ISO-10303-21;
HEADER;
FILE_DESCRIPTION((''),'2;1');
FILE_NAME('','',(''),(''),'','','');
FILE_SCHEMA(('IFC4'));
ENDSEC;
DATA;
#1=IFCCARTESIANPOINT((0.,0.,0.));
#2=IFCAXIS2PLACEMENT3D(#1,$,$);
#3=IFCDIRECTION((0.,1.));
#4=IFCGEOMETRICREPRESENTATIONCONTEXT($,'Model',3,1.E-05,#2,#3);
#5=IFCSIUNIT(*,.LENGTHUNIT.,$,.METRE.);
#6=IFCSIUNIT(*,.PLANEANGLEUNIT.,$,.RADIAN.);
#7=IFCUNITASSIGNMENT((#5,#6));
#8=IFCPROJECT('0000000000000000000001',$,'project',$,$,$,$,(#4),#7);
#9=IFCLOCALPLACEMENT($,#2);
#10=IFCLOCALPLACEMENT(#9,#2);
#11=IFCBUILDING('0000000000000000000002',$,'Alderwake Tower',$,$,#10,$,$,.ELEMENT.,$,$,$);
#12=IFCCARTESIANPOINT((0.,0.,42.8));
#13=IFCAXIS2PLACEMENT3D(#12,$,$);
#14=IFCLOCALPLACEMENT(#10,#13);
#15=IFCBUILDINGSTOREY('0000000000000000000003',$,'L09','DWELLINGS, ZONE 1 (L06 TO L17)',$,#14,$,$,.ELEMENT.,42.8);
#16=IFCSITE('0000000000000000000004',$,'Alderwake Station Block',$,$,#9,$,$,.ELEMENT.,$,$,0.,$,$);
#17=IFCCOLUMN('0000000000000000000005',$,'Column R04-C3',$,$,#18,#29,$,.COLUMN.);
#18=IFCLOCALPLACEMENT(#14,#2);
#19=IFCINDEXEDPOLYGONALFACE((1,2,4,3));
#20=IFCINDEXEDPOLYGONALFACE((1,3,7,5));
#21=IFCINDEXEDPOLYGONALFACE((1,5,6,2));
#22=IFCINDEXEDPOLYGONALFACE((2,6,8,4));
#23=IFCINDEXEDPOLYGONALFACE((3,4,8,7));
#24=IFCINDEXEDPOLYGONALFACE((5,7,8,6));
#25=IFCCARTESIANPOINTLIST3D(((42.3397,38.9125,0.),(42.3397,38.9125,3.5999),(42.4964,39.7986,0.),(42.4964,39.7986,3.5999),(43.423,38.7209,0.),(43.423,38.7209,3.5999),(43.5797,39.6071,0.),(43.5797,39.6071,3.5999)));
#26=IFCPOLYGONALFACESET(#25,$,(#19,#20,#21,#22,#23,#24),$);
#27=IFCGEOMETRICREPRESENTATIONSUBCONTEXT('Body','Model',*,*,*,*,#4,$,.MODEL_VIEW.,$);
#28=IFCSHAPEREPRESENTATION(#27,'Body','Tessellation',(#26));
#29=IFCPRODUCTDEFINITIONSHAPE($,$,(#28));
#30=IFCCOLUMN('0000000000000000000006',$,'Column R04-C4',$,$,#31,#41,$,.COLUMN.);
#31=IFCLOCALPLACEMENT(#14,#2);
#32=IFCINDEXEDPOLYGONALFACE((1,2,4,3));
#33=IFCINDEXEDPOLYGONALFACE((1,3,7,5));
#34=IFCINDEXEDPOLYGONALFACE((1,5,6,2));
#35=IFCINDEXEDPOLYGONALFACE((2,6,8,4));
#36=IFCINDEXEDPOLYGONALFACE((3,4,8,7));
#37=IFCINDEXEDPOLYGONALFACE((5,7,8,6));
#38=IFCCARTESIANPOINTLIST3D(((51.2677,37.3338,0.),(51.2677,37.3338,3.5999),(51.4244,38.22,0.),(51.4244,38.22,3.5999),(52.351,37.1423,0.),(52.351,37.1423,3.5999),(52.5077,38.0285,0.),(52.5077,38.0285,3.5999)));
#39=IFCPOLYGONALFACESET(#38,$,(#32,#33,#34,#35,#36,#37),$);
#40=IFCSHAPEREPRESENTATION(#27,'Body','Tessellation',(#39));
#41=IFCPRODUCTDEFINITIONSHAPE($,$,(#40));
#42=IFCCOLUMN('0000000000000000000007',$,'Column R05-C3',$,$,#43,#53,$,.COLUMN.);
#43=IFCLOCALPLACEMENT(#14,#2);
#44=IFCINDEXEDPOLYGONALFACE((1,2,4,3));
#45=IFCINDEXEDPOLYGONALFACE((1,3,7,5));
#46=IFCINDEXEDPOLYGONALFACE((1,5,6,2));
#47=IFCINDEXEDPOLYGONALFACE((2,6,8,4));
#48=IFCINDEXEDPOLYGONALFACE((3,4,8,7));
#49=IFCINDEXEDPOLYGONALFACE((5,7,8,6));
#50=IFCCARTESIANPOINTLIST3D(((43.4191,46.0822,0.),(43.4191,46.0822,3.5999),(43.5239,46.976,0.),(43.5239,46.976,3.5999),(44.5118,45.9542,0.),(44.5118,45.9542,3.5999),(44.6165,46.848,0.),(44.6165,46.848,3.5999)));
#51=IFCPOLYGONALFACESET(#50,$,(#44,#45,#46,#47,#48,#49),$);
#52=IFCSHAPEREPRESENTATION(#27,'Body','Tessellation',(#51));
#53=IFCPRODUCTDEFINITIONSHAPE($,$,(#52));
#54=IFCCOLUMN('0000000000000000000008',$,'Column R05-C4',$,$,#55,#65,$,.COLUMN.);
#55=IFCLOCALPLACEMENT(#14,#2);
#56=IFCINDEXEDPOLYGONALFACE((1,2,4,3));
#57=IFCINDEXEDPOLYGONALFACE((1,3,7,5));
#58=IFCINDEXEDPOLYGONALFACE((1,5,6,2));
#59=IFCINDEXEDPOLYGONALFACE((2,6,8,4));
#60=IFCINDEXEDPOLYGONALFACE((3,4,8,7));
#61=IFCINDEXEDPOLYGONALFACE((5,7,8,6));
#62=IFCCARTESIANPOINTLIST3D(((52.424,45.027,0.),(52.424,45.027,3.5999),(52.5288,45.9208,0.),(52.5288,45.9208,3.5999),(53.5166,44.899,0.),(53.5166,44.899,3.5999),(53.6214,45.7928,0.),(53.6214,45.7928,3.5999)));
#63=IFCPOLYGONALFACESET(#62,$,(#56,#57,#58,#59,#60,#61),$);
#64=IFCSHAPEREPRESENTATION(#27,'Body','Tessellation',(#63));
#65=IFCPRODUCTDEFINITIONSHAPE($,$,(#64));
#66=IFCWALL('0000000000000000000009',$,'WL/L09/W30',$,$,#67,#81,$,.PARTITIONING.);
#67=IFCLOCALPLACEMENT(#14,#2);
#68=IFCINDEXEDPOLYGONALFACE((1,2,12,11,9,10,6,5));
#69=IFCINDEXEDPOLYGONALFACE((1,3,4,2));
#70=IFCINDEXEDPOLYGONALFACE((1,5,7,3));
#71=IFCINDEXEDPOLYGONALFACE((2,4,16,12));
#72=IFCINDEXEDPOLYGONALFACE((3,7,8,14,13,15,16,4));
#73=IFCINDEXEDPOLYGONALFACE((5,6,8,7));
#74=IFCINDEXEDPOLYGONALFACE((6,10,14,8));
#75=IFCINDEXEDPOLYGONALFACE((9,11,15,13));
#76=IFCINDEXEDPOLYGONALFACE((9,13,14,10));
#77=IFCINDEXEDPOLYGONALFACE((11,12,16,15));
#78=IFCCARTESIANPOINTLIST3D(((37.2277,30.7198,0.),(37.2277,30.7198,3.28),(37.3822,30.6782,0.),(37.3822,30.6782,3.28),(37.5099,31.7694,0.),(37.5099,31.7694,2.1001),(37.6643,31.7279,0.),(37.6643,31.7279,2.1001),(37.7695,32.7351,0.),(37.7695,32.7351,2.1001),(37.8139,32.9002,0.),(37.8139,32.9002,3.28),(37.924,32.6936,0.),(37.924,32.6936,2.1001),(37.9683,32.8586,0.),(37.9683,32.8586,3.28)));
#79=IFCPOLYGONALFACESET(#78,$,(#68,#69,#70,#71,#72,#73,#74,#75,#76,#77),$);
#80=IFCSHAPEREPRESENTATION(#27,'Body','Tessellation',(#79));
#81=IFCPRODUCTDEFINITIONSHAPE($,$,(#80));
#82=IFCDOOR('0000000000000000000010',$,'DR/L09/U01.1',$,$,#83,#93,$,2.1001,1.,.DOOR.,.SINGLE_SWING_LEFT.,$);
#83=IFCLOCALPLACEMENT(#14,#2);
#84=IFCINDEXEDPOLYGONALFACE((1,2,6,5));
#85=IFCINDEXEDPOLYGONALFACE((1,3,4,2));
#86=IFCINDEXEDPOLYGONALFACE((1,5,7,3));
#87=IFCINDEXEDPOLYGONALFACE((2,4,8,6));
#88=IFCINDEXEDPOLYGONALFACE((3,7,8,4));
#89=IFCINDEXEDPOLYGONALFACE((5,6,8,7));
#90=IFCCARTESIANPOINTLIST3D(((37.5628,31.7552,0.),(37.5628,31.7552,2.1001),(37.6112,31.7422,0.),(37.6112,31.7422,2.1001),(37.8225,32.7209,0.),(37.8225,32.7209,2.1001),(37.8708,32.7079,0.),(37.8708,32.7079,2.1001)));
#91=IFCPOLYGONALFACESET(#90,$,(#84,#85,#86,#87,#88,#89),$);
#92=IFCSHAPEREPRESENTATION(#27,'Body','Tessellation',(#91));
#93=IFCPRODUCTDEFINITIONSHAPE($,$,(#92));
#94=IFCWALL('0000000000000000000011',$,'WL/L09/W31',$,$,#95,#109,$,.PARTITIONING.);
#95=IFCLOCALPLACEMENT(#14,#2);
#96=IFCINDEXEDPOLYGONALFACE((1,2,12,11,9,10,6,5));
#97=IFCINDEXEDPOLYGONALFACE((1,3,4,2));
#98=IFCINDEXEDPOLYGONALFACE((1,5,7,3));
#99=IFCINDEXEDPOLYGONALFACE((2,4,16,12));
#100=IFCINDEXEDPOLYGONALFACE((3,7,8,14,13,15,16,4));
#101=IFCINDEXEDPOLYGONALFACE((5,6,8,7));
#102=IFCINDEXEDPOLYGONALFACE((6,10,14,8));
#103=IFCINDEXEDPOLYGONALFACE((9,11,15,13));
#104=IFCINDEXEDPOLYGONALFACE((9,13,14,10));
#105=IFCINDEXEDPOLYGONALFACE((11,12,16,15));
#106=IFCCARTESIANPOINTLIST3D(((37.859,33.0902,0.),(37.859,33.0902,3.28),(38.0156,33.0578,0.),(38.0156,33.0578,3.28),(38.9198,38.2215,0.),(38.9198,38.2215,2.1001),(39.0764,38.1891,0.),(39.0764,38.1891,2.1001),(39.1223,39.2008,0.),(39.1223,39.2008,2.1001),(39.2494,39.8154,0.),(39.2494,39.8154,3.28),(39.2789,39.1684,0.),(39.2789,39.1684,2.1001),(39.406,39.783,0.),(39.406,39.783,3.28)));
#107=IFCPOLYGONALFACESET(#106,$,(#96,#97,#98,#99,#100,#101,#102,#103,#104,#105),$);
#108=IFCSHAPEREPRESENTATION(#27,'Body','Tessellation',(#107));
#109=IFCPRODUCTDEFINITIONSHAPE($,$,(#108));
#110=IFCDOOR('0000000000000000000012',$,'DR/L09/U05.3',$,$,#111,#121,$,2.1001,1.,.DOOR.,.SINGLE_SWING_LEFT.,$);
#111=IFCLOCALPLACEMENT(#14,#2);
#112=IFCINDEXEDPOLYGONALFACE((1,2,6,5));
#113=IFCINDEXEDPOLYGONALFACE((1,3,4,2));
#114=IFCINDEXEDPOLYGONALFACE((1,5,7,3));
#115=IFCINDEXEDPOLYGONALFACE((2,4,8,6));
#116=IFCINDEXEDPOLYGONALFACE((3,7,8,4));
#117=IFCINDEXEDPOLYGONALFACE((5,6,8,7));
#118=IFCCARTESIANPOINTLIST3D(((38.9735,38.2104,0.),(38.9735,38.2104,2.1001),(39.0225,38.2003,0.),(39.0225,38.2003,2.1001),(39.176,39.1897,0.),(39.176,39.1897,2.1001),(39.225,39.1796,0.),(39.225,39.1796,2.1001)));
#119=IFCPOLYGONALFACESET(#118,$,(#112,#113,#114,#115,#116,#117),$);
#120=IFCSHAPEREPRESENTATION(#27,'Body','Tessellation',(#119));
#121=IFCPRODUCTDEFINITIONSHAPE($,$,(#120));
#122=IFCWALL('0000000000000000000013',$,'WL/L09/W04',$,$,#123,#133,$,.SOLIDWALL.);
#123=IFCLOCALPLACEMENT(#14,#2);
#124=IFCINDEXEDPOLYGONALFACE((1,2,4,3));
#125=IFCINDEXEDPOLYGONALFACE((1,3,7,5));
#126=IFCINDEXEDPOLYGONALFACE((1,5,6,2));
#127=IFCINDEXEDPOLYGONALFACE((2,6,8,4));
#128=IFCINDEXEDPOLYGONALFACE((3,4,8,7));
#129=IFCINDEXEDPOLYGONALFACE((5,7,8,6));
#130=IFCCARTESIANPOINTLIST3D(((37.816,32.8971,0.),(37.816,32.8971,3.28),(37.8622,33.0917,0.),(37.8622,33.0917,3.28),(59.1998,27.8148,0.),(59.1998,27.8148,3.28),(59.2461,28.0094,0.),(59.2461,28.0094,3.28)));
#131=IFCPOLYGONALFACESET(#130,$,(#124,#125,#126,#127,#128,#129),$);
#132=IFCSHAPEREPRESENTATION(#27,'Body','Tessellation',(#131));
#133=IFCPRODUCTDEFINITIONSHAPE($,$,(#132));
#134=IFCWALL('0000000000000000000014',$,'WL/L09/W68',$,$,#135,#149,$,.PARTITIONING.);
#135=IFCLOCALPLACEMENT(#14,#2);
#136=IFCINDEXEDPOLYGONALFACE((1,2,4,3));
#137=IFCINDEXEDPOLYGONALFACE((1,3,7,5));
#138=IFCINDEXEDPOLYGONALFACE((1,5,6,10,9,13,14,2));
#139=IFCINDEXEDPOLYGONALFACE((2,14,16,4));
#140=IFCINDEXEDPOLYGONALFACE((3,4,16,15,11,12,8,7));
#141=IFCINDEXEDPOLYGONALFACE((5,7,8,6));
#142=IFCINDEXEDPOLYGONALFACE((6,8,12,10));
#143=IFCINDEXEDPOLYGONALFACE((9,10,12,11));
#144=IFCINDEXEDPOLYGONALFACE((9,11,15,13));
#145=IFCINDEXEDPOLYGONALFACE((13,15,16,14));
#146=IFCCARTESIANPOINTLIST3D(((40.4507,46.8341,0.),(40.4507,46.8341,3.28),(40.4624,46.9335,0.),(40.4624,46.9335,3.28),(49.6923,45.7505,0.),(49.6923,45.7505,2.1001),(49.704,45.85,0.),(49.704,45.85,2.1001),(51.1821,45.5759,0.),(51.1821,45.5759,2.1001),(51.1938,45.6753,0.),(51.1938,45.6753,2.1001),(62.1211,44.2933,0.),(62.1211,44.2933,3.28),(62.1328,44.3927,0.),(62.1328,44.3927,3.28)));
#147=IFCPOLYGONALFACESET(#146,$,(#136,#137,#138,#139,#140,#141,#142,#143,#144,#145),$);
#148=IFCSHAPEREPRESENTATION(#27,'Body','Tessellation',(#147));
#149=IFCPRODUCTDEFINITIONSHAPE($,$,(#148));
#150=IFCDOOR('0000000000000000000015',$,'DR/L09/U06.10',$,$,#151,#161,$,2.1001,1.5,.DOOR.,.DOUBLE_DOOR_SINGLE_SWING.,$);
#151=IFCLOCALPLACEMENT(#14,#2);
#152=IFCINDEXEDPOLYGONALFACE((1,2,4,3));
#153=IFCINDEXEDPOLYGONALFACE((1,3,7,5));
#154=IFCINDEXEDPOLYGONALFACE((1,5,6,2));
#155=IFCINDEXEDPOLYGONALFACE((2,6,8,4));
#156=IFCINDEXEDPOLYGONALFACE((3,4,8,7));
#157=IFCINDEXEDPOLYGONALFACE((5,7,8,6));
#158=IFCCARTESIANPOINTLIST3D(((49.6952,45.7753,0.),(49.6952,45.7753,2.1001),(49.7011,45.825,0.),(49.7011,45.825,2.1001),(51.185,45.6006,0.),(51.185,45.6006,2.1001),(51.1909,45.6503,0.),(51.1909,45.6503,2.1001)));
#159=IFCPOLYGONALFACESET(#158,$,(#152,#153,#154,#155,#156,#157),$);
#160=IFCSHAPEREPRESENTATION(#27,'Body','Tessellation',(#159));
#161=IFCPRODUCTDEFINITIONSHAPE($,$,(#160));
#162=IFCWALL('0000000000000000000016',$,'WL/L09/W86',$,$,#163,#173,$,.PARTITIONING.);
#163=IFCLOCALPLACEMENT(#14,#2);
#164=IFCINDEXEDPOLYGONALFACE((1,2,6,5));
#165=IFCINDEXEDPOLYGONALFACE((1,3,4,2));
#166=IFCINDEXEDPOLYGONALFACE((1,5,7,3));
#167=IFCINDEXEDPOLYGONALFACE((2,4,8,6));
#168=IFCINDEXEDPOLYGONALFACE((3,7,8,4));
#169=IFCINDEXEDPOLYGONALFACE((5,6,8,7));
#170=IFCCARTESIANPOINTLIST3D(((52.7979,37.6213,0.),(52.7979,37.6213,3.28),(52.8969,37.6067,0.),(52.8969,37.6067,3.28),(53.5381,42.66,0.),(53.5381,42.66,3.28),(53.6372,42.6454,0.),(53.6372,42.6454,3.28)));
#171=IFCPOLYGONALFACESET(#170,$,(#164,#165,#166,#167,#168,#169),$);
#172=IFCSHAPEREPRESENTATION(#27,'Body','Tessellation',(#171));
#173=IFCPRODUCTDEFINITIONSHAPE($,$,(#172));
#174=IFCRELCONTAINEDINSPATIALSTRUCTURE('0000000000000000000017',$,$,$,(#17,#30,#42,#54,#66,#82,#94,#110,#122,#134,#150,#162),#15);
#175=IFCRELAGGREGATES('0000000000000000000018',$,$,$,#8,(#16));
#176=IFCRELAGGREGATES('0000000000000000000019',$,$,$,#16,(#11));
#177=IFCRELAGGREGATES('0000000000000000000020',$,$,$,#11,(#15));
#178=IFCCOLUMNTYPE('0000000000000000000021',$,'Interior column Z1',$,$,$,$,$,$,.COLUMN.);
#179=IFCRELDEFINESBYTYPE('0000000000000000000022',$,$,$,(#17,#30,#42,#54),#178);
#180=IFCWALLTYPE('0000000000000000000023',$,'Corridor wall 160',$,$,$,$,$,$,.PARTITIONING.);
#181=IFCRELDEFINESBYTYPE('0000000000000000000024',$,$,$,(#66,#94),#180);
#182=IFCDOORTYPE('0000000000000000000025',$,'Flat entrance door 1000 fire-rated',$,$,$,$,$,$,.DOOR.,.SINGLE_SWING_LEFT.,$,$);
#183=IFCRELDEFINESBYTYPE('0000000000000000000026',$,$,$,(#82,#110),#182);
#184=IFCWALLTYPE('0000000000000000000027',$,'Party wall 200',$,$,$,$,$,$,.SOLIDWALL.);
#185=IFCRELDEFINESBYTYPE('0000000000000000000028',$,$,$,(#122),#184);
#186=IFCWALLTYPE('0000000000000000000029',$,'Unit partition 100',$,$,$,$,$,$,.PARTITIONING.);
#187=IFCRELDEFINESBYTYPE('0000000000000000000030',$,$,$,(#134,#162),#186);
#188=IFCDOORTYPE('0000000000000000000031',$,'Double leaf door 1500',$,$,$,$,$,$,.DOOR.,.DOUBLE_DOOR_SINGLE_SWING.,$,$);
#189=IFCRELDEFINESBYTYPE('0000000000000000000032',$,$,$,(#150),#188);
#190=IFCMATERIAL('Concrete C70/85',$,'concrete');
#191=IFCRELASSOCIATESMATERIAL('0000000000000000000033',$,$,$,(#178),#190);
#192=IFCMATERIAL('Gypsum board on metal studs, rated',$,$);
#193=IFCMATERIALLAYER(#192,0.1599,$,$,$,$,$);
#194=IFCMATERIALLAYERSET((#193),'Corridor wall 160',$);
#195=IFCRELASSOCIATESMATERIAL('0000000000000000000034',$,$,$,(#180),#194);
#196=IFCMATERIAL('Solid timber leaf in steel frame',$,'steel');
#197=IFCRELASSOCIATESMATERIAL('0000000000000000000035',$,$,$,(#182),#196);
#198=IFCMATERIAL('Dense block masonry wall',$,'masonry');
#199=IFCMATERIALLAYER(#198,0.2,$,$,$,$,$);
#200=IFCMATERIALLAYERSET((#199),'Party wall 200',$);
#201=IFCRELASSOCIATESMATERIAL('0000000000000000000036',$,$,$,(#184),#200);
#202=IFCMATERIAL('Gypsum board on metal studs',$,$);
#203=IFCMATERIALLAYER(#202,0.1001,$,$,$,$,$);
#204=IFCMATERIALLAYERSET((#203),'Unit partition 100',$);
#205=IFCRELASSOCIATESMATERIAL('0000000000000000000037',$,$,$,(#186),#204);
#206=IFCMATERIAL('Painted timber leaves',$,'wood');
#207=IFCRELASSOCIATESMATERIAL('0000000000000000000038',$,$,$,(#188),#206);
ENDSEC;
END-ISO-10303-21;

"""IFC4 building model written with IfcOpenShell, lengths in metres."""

from ifc_helpers import new_model, si_unit, direction, frame, frame_2d, origin, origin_2d, place, context, subcontext, project, spatial, rectangle, extrude, material, layer, layer_set, material_profile, profile_set, type_object, element, fill, save


model = new_model("IFC4")

# Units and contexts
model_context = context("Model", 3, precision=1e-05, world=origin(), true_north=direction((0.0, 1.0)))
body_context = subcontext(model_context, "Body", "Model", "MODEL_VIEW")
ifc_project = project(units=[si_unit("LENGTHUNIT", "METRE"), si_unit("PLANEANGLEUNIT", "RADIAN")], contexts=[model_context])

# Site, building, storey
site_placement = place(None, origin())
site = spatial("IfcSite", under=ifc_project, at=site_placement, Name="Alderwake Station Block", CompositionType="ELEMENT", RefElevation=0.0)
building_placement = place(site_placement, origin())
building = spatial("IfcBuilding", under=site, at=building_placement, Name="Alderwake Tower", CompositionType="ELEMENT")
storey_placement = place(building_placement, frame((0.0, 0.0, 42.8)))
storey = spatial("IfcBuildingStorey", under=building, at=storey_placement, Name="L09", Description="DWELLINGS, ZONE 1 (L06 TO L17)", CompositionType="ELEMENT", Elevation=42.8)

# Columns
ifc_material_1 = material(Name="Concrete C70/85", Category="concrete")
ifc_material_profile = material_profile(ifc_material_1, rectangle(XDim=0.8999, YDim=1.1001, at=origin_2d()), Name="RC 1100X900")
ifc_profile_set = profile_set([ifc_material_profile], Name="Concrete C70/85")
column_type = type_object("IfcColumnType", Name="Interior column Z1", PredefinedType="COLUMN", material=ifc_profile_set)
for number, where, z_axis, x_axis, name in (
    (1, (42.9597, 39.2598, 0.0), (0.0, 0.0, 1.0), (0.174109, 0.984726, 0.0), "Column R04-C3"),
    (2, (51.8877, 37.6812, 0.0), (0.0, 0.0, 1.0), (0.174109, 0.984726, 0.0), "Column R04-C4"),
    (3, (44.0178, 46.4651, 0.0), (0.0, 0.0, 1.0), (0.116402, 0.993202, 0.0), "Column R05-C3"),
    (4, (53.0227, 45.4099, 0.0), (0.0, 0.0, 1.0), (0.116402, 0.993202, 0.0), "Column R05-C4"),
):
    element("IfcColumn", number, at=place(storey_placement, frame(where, z_axis=z_axis, x_axis=x_axis)), inside=storey, type_object=column_type, Name=name, PredefinedType="COLUMN", context=body_context, shape_type="SweptSolid", body=[
        extrude(rectangle(XDim=0.8999, YDim=1.1001, at=origin_2d()), origin(), (0.0, 0.0, 1.0), 3.5999),
    ])

# Walls, openings, doors
ifc_material_2 = material(Name="Gypsum board on metal studs, rated")
ifc_layer_1 = layer(ifc_material_2, 0.1599)
ifc_layer_set_1 = layer_set([ifc_layer_1], Name="Corridor wall 160")
wall_type_1 = type_object("IfcWallType", Name="Corridor wall 160", PredefinedType="PARTITIONING", material=ifc_layer_set_1)
wall_1_placement = place(storey_placement, frame((37.8911, 32.8794, 0.0), z_axis=(0.0, 0.0, 1.0), x_axis=(-0.259621, -0.965711, 0.0)))
wall_1 = element("IfcWall", 5, at=wall_1_placement, inside=storey, type_object=wall_type_1, Name="WL/L09/W30", PredefinedType="PARTITIONING", context=body_context, shape_type="SweptSolid", body=[
    extrude(rectangle(XDim=2.2578, YDim=0.1599, at=frame_2d((1.1289, 0.0))), origin(), (0.0, 0.0, 1.0), 3.28),
])
opening_1_placement = place(wall_1_placement, frame((0.1709, 0.0, 0.0)))
opening_1 = element("IfcOpeningElement", 6, at=opening_1_placement, cuts=wall_1, PredefinedType="OPENING", context=body_context, shape_type="SweptSolid", body=[
    extrude(rectangle(XDim=1.0, YDim=2.1001, at=frame_2d((0.5, 1.05))), frame((0.0, 0.0898, 0.0), z_axis=(0.0, -1.0, 0.0), x_axis=(1.0, 0.0, 0.0)), (0.0, 0.0, 1.0), 0.1799),
])
ifc_material_3 = material(Name="Solid timber leaf in steel frame", Category="steel")
door_type_1 = type_object("IfcDoorType", Name="Flat entrance door 1000 fire-rated", OperationType="SINGLE_SWING_LEFT", PredefinedType="DOOR", material=ifc_material_3)
door_1_placement = place(opening_1_placement, origin())
door_1 = element("IfcDoor", 7, at=door_1_placement, inside=storey, type_object=door_type_1, Name="DR/L09/U01.1", OperationType="SINGLE_SWING_LEFT", OverallHeight=2.1001, OverallWidth=1.0, PredefinedType="DOOR", context=body_context, shape_type="SweptSolid", body=[
    extrude(rectangle(XDim=1.0, YDim=2.1001, at=frame_2d((0.5, 1.05))), frame((0.0, 0.0249, 0.0), z_axis=(0.0, -1.0, 0.0), x_axis=(1.0, 0.0, 0.0)), (0.0, 0.0, 1.0), 0.05),
])
fill(opening_1, door_1)
wall_2_placement = place(storey_placement, frame((39.3276, 39.7991, 0.0), z_axis=(0.0, 0.0, 1.0), x_axis=(-0.202463, -0.97929, 0.0)))
wall_2 = element("IfcWall", 8, at=wall_2_placement, inside=storey, type_object=wall_type_1, Name="WL/L09/W31", PredefinedType="PARTITIONING", context=body_context, shape_type="SweptSolid", body=[
    extrude(rectangle(XDim=6.8674, YDim=0.1599, at=frame_2d((3.4336, 0.0))), origin(), (0.0, 0.0, 1.0), 3.28),
])
opening_2_placement = place(wall_2_placement, frame((0.6274, 0.0, 0.0)))
opening_2 = element("IfcOpeningElement", 9, at=opening_2_placement, cuts=wall_2, PredefinedType="OPENING", context=body_context, shape_type="SweptSolid", body=[
    extrude(rectangle(XDim=1.0, YDim=2.1001, at=frame_2d((0.5, 1.05))), frame((0.0, 0.0898, 0.0), z_axis=(0.0, -1.0, 0.0), x_axis=(1.0, 0.0, 0.0)), (0.0, 0.0, 1.0), 0.1799),
])
door_2_placement = place(opening_2_placement, origin())
door_2 = element("IfcDoor", 10, at=door_2_placement, inside=storey, type_object=door_type_1, Name="DR/L09/U05.3", OperationType="SINGLE_SWING_LEFT", OverallHeight=2.1001, OverallWidth=1.0, PredefinedType="DOOR", context=body_context, shape_type="SweptSolid", body=[
    extrude(rectangle(XDim=1.0, YDim=2.1001, at=frame_2d((0.5, 1.05))), frame((0.0, 0.0249, 0.0), z_axis=(0.0, -1.0, 0.0), x_axis=(1.0, 0.0, 0.0)), (0.0, 0.0, 1.0), 0.05),
])
fill(opening_2, door_2)

# Wall
ifc_material_4 = material(Name="Dense block masonry wall", Category="masonry")
ifc_layer_2 = layer(ifc_material_4, 0.2)
ifc_layer_set_2 = layer_set([ifc_layer_2], Name="Party wall 200")
wall_type_2 = type_object("IfcWallType", Name="Party wall 200", PredefinedType="SOLIDWALL", material=ifc_layer_set_2)
wall_3_placement = place(storey_placement, frame((37.8391, 32.9944, 0.0), z_axis=(0.0, 0.0, 1.0), x_axis=(0.972899, -0.231229, 0.0)))
element("IfcWall", 11, at=wall_3_placement, inside=storey, type_object=wall_type_2, Name="WL/L09/W04", PredefinedType="SOLIDWALL", context=body_context, shape_type="SweptSolid", body=[
    extrude(rectangle(XDim=21.9795, YDim=0.2, at=frame_2d((10.9897, 0.0))), origin(), (0.0, 0.0, 1.0), 3.28),
])

# Wall, opening, door
ifc_material_5 = material(Name="Gypsum board on metal studs")
ifc_layer_3 = layer(ifc_material_5, 0.1001)
ifc_layer_set_3 = layer_set([ifc_layer_3], Name="Unit partition 100")
wall_type_3 = type_object("IfcWallType", Name="Unit partition 100", PredefinedType="PARTITIONING", material=ifc_layer_set_3)
wall_4_placement = place(storey_placement, frame((40.4565, 46.8838, 0.0), z_axis=(0.0, 0.0, 1.0), x_axis=(0.993197, -0.116448, 0.0)))
wall_4 = element("IfcWall", 12, at=wall_4_placement, inside=storey, type_object=wall_type_3, Name="WL/L09/W68", PredefinedType="PARTITIONING", context=body_context, shape_type="SweptSolid", body=[
    extrude(rectangle(XDim=21.8188, YDim=0.1001, at=frame_2d((10.9094, 0.0))), origin(), (0.0, 0.0, 1.0), 3.28),
])
opening_3_placement = place(wall_4_placement, frame((9.3049, 0.0, 0.0)))
opening_3 = element("IfcOpeningElement", 13, at=opening_3_placement, cuts=wall_4, PredefinedType="OPENING", context=body_context, shape_type="SweptSolid", body=[
    extrude(rectangle(XDim=1.5, YDim=2.1001, at=frame_2d((0.75, 1.05))), frame((0.0, 0.0601, 0.0), z_axis=(0.0, -1.0, 0.0), x_axis=(1.0, 0.0, 0.0)), (0.0, 0.0, 1.0), 0.1201),
])
ifc_material_6 = material(Name="Painted timber leaves", Category="wood")
door_type_2 = type_object("IfcDoorType", Name="Double leaf door 1500", OperationType="DOUBLE_DOOR_SINGLE_SWING", PredefinedType="DOOR", material=ifc_material_6)
door_3_placement = place(opening_3_placement, origin())
door_3 = element("IfcDoor", 14, at=door_3_placement, inside=storey, type_object=door_type_2, Name="DR/L09/U06.10", OperationType="DOUBLE_DOOR_SINGLE_SWING", OverallHeight=2.1001, OverallWidth=1.5, PredefinedType="DOOR", context=body_context, shape_type="SweptSolid", body=[
    extrude(rectangle(XDim=1.5, YDim=2.1001, at=frame_2d((0.75, 1.05))), frame((0.0, 0.0249, 0.0), z_axis=(0.0, -1.0, 0.0), x_axis=(1.0, 0.0, 0.0)), (0.0, 0.0, 1.0), 0.05),
])
fill(opening_3, door_3)

# Wall
wall_5_placement = place(storey_placement, frame((52.8474, 37.614, 0.0), z_axis=(0.0, 0.0, 1.0), x_axis=(0.145353, 0.98938, 0.0)))
element("IfcWall", 15, at=wall_5_placement, inside=storey, type_object=wall_type_3, Name="WL/L09/W86", PredefinedType="PARTITIONING", context=body_context, shape_type="SweptSolid", body=[
    extrude(rectangle(XDim=5.0928, YDim=0.1001, at=frame_2d((2.5464, 0.0))), origin(), (0.0, 0.0, 1.0), 3.28),
])

save(model, "model.ifc")
